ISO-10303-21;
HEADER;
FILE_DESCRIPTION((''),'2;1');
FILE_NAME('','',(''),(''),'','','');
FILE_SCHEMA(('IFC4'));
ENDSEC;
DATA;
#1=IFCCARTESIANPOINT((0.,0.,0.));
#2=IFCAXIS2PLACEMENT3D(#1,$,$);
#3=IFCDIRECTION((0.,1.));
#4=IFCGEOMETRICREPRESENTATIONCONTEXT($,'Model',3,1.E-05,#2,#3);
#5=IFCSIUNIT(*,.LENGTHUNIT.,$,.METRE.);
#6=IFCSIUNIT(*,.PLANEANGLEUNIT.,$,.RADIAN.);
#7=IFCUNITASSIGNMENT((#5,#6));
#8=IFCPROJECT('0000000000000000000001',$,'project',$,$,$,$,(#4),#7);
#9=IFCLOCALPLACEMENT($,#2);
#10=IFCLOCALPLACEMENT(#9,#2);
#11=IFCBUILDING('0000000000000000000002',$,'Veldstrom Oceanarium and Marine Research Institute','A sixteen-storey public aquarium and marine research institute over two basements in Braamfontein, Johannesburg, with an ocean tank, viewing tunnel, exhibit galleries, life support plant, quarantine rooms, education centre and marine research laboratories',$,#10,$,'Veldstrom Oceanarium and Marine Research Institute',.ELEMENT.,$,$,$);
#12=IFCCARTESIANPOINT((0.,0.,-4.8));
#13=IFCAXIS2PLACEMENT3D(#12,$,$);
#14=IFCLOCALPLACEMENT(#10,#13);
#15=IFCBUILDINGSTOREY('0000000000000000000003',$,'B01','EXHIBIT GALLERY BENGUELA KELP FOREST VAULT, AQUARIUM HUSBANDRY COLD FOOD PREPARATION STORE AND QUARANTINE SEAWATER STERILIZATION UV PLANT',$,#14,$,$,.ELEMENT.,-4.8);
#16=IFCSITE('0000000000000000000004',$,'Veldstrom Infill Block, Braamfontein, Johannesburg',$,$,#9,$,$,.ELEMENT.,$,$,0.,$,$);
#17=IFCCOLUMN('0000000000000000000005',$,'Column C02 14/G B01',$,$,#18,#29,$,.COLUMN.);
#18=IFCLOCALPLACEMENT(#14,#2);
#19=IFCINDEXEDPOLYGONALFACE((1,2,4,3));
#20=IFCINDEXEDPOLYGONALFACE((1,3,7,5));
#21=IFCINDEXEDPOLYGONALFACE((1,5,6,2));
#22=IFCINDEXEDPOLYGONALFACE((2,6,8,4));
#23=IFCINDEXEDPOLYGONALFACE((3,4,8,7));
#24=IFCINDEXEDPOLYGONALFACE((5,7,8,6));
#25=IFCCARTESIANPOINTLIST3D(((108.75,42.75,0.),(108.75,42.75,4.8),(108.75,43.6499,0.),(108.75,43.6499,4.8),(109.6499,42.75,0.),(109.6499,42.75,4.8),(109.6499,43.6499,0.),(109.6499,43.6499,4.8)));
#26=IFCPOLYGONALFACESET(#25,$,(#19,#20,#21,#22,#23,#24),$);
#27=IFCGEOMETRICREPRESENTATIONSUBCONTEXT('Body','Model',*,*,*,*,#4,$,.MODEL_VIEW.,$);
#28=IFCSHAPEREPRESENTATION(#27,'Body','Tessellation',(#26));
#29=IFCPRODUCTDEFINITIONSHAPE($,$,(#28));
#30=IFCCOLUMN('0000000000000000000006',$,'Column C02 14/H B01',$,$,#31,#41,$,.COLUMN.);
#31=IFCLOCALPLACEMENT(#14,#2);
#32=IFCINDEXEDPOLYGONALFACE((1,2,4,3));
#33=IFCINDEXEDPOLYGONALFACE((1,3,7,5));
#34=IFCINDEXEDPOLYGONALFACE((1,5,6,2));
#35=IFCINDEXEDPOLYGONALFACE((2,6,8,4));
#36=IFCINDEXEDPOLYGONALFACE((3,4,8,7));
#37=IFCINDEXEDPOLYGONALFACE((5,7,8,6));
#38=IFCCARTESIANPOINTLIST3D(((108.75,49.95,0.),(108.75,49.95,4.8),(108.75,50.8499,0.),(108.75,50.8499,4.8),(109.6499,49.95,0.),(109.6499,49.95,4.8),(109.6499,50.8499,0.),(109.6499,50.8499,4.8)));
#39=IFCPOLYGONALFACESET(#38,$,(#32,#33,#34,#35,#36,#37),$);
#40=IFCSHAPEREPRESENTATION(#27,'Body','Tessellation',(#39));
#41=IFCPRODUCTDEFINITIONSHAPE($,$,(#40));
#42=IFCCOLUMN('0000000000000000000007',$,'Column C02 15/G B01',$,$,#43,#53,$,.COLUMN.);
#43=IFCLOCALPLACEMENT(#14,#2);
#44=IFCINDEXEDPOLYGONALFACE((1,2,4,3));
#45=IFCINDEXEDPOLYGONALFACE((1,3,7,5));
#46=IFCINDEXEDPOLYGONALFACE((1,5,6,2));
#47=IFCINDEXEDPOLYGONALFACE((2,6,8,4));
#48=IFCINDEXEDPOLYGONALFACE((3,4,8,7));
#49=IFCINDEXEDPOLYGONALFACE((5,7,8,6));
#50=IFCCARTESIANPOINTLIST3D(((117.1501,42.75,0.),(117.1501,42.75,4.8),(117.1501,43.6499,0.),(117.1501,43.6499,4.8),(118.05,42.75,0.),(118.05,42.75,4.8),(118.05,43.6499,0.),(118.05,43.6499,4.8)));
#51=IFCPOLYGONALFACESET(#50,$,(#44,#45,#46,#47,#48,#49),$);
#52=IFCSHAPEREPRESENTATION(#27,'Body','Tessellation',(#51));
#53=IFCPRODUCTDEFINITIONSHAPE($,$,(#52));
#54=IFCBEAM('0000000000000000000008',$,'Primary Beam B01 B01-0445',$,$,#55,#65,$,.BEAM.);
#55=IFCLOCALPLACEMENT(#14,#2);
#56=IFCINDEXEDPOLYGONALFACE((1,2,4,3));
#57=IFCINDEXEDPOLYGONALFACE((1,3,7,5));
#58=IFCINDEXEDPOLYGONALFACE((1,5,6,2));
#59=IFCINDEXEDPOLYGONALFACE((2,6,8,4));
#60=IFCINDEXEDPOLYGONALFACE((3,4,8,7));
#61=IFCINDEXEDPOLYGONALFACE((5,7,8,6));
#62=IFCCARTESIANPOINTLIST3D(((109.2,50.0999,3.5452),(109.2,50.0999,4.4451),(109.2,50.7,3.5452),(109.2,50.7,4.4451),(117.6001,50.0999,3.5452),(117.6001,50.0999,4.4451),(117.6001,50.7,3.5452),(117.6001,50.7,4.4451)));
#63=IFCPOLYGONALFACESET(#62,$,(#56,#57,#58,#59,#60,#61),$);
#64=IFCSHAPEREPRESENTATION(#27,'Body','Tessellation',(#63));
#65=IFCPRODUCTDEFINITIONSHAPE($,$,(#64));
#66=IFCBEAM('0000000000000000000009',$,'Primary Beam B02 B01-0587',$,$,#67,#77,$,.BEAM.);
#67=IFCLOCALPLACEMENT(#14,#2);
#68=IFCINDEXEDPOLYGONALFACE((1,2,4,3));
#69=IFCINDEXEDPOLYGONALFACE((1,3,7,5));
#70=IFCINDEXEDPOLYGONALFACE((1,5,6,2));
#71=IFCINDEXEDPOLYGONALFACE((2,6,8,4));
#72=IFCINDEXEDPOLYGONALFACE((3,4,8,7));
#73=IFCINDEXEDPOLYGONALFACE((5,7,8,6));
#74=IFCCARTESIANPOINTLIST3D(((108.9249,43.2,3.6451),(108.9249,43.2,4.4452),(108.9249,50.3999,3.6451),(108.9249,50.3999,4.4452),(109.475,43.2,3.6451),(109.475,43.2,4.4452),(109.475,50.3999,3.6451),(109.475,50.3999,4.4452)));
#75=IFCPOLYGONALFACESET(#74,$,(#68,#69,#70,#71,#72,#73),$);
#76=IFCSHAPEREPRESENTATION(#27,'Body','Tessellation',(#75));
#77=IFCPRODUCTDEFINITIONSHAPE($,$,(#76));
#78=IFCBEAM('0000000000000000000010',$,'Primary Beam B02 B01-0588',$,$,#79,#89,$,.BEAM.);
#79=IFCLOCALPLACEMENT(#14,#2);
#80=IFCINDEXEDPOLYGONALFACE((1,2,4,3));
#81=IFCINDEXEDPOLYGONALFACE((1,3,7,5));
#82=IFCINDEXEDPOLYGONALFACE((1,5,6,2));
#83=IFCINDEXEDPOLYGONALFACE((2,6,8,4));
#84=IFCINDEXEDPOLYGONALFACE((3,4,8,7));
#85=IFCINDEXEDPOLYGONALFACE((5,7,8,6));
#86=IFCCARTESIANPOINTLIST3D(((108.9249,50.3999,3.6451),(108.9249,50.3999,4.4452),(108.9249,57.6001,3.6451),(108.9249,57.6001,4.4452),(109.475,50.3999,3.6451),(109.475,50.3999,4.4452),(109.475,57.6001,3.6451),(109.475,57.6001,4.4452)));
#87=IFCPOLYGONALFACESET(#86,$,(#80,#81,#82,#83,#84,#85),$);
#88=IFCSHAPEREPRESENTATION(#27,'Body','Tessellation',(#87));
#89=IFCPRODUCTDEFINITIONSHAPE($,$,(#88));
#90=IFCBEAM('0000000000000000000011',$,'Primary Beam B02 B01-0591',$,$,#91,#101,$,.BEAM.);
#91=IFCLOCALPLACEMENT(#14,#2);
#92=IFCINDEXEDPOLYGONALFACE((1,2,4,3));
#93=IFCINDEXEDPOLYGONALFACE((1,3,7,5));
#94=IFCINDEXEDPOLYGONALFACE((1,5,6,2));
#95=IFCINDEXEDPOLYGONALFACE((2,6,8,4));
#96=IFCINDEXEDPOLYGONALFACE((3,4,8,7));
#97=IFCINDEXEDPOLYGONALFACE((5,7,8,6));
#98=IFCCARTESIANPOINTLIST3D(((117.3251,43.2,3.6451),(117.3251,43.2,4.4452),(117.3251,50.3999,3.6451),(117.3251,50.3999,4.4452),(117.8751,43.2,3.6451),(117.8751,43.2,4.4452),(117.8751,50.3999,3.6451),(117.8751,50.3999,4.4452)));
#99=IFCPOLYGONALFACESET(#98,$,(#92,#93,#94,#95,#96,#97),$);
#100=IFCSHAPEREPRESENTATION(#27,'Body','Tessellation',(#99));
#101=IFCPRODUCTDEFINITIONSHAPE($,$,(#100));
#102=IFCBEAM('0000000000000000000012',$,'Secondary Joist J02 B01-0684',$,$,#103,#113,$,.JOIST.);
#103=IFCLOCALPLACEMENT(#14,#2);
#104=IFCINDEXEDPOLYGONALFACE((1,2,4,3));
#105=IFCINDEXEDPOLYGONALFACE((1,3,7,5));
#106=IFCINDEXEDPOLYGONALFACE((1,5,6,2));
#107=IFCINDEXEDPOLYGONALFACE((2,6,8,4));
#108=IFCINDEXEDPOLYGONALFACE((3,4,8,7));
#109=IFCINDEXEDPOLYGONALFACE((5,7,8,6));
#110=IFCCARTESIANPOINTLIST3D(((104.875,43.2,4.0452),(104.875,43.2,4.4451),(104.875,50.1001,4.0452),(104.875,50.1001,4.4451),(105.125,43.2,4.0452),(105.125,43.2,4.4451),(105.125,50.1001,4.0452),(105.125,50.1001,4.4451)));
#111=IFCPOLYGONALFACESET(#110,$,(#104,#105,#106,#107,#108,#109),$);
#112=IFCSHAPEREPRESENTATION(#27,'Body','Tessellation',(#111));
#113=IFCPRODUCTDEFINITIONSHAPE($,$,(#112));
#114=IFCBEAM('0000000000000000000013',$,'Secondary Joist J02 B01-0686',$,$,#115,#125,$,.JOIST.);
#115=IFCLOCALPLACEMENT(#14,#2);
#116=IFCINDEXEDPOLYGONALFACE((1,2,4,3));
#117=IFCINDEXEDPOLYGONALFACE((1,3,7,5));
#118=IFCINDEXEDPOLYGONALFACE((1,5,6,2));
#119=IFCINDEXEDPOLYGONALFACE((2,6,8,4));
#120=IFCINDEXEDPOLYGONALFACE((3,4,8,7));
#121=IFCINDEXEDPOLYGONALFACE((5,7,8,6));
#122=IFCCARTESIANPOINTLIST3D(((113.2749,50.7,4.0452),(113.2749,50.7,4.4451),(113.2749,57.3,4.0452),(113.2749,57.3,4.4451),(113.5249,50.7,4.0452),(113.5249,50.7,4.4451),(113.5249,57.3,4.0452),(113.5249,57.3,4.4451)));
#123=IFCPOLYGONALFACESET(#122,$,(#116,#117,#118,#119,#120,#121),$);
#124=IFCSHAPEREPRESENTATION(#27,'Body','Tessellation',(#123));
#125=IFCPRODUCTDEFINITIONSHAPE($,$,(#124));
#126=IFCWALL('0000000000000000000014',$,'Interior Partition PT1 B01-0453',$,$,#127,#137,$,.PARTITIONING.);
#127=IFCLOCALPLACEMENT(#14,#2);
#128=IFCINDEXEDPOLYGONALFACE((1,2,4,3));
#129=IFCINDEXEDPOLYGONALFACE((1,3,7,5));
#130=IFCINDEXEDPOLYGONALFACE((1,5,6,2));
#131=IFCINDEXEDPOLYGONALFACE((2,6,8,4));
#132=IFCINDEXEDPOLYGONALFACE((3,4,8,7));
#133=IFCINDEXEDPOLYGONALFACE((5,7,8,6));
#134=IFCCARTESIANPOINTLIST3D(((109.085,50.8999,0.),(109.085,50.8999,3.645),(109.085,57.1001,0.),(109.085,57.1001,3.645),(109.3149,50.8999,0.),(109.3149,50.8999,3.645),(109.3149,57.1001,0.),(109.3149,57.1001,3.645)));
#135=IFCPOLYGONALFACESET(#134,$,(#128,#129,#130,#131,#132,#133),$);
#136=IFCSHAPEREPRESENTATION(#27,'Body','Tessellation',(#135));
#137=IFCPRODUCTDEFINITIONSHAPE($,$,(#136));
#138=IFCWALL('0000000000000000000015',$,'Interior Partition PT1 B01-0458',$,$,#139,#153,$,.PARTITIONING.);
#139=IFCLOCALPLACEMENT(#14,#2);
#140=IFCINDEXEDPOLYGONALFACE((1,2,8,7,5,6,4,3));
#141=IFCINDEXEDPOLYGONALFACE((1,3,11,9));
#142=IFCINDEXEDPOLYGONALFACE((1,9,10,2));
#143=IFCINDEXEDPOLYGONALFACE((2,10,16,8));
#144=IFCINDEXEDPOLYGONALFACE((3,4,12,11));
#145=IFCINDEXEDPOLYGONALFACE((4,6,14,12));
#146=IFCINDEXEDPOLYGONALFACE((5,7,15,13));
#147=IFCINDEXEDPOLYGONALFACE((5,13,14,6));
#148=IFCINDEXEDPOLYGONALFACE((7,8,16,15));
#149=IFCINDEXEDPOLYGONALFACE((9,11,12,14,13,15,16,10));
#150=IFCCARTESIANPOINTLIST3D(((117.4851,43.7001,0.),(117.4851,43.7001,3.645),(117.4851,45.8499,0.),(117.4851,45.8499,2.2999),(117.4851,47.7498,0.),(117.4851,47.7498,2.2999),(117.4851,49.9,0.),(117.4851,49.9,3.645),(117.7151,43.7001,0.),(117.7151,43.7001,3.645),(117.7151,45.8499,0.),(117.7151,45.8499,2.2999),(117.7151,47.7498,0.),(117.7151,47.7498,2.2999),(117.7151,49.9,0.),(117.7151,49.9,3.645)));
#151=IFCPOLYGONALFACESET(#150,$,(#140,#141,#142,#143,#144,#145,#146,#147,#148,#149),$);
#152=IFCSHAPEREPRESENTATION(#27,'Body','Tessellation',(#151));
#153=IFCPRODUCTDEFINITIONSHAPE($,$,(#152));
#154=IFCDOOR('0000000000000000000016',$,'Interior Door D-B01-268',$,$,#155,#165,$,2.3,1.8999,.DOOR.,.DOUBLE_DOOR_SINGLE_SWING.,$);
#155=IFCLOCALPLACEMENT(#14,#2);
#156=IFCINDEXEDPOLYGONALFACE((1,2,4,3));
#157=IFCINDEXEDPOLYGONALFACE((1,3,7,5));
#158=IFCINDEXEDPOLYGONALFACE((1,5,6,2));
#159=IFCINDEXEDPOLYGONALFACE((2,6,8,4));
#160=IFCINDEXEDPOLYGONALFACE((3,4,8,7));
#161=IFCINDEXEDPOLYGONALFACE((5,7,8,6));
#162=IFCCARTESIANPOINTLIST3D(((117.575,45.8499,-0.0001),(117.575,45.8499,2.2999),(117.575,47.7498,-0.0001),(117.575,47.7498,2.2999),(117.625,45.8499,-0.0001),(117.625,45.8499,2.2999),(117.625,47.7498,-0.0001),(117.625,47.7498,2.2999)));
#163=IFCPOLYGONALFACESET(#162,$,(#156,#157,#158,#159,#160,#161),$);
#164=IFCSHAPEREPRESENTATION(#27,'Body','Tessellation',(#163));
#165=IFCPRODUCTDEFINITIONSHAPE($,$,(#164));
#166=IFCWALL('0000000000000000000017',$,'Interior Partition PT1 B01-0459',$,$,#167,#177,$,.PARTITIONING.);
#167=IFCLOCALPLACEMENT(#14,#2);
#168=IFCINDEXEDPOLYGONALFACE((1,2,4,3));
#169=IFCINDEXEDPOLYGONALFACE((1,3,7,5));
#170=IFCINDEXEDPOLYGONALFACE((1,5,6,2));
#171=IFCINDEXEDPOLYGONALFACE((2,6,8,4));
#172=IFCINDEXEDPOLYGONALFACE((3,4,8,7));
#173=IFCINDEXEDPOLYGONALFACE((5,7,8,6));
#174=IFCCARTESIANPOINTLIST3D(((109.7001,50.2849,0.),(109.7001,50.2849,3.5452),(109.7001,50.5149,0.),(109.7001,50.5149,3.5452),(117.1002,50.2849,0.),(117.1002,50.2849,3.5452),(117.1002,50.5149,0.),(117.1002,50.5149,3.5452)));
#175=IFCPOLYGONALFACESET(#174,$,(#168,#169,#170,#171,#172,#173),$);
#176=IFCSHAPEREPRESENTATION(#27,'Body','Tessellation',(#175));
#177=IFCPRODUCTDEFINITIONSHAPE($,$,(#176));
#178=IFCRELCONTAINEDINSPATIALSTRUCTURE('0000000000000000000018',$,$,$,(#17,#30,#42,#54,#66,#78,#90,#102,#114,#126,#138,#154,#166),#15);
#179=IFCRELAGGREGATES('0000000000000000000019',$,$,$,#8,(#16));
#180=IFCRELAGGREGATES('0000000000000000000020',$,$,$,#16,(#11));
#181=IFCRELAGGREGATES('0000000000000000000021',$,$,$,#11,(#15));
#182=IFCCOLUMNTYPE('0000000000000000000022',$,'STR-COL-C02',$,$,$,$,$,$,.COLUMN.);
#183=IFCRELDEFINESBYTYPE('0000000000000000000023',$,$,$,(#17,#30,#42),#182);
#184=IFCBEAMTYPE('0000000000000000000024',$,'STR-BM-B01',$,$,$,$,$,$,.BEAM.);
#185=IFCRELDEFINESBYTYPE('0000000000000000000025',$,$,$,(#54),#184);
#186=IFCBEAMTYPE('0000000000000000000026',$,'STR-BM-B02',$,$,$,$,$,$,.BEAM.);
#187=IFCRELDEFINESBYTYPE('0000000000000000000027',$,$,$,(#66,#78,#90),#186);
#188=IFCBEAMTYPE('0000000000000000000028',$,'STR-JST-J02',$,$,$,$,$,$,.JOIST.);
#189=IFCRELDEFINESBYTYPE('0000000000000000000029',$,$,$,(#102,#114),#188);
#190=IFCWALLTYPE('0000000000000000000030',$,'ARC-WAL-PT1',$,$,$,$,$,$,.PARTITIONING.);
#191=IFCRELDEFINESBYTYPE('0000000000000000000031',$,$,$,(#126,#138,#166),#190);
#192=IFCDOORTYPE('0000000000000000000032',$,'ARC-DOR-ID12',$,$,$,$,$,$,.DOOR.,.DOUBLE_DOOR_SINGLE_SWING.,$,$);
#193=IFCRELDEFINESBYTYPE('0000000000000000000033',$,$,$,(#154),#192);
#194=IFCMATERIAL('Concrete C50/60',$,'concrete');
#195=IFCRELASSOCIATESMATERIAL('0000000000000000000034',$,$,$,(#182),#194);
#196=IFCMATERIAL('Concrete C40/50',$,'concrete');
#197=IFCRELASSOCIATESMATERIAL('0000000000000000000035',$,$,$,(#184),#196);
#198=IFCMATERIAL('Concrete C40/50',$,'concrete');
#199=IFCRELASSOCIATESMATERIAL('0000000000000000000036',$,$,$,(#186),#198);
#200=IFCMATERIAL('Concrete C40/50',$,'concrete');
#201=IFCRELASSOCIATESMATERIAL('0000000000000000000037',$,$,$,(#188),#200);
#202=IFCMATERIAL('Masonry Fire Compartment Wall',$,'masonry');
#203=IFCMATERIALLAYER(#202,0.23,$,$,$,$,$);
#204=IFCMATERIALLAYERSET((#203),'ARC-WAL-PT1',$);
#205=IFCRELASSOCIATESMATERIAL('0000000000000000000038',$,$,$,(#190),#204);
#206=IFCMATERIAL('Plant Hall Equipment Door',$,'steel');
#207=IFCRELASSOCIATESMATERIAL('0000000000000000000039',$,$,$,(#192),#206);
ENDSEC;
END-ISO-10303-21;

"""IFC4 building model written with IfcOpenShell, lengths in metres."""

from ifc_helpers import new_model, si_unit, direction, frame, frame_2d, origin, origin_2d, place, context, subcontext, project, spatial, rectangle, extrude, material, layer, layer_set, material_profile, profile_set, type_object, element, fill, save


model = new_model("IFC4")

# Units and contexts
model_context = context("Model", 3, precision=1e-05, world=origin(), true_north=direction((0.0, 1.0)))
body_context = subcontext(model_context, "Body", "Model", "MODEL_VIEW")
ifc_project = project(units=[si_unit("LENGTHUNIT", "METRE"), si_unit("PLANEANGLEUNIT", "RADIAN")], contexts=[model_context])

# Site, building, storey
site_placement = place(None, origin())
site = spatial("IfcSite", under=ifc_project, at=site_placement, Name="Veldstrom Infill Block, Braamfontein, Johannesburg", CompositionType="ELEMENT", RefElevation=0.0)
building_placement = place(site_placement, origin())
building = spatial("IfcBuilding", under=site, at=building_placement, Name="Veldstrom Oceanarium and Marine Research Institute", Description="A sixteen-storey public aquarium and marine research institute over two basements in Braamfontein, Johannesburg, with an ocean tank, viewing tunnel, exhibit galleries, life support plant, quarantine rooms, education centre and marine research laboratories", LongName="Veldstrom Oceanarium and Marine Research Institute", CompositionType="ELEMENT")
storey_placement = place(building_placement, frame((0.0, 0.0, -4.8)))
storey = spatial("IfcBuildingStorey", under=building, at=storey_placement, Name="B01", Description="EXHIBIT GALLERY BENGUELA KELP FOREST VAULT, AQUARIUM HUSBANDRY COLD FOOD PREPARATION STORE AND QUARANTINE SEAWATER STERILIZATION UV PLANT", CompositionType="ELEMENT", Elevation=-4.8)

# Columns
ifc_material_1 = material(Name="Concrete C50/60", Category="concrete")
ifc_material_profile_1 = material_profile(ifc_material_1, rectangle(XDim=0.8999, YDim=0.8999, at=origin_2d()), Name="RC-COL-900x900")
ifc_profile_set_1 = profile_set([ifc_material_profile_1], Name="Concrete C50/60")
column_type = type_object("IfcColumnType", Name="STR-COL-C02", PredefinedType="COLUMN", material=ifc_profile_set_1)
for number, where, z_axis, x_axis, name in (
    (1, (109.2, 43.2, 0.0), (0.0, 0.0, 1.0), (1.0, 0.0, 0.0), "Column C02 14/G B01"),
    (2, (109.2, 50.3999, 0.0), (0.0, 0.0, 1.0), (1.0, 0.0, 0.0), "Column C02 14/H B01"),
    (3, (117.6001, 43.2, 0.0), (0.0, 0.0, 1.0), (1.0, 0.0, 0.0), "Column C02 15/G B01"),
):
    element("IfcColumn", number, at=place(storey_placement, frame(where, z_axis=z_axis, x_axis=x_axis)), inside=storey, type_object=column_type, Name=name, PredefinedType="COLUMN", context=body_context, shape_type="SweptSolid", body=[
        extrude(rectangle(XDim=0.8999, YDim=0.8999, at=origin_2d()), origin(), (0.0, 0.0, 1.0), 4.8),
    ])

# Beams
ifc_material_2 = material(Name="Concrete C40/50", Category="concrete")
ifc_material_profile_2 = material_profile(ifc_material_2, rectangle(XDim=0.6001, YDim=0.8999, at=origin_2d()), Name="RC-BM-600x900")
ifc_profile_set_2 = profile_set([ifc_material_profile_2], Name="Concrete C40/50")
beam_type_1 = type_object("IfcBeamType", Name="STR-BM-B01", PredefinedType="BEAM", material=ifc_profile_set_2)
beam_1_placement = place(storey_placement, frame((109.2, 50.3999, 3.9951), z_axis=(1.0, 0.0, 0.0), x_axis=(0.0, 1.0, 0.0)))
element("IfcBeam", 4, at=beam_1_placement, inside=storey, type_object=beam_type_1, Name="Primary Beam B01 B01-0445", PredefinedType="BEAM", context=body_context, shape_type="SweptSolid", body=[
    extrude(rectangle(XDim=0.6001, YDim=0.8999, at=origin_2d()), origin(), (0.0, 0.0, 1.0), 8.4001),
])
ifc_material_3 = material(Name="Concrete C40/50", Category="concrete")
ifc_material_profile_3 = material_profile(ifc_material_3, rectangle(XDim=0.55, YDim=0.8, at=origin_2d()), Name="RC-BM-550x800")
ifc_profile_set_3 = profile_set([ifc_material_profile_3], Name="Concrete C40/50")
beam_type_2 = type_object("IfcBeamType", Name="STR-BM-B02", PredefinedType="BEAM", material=ifc_profile_set_3)
beam_2_placement = place(storey_placement, frame((109.2, 43.2, 4.0452), z_axis=(0.0, 1.0, 0.0), x_axis=(-1.0, 0.0, 0.0)))
element("IfcBeam", 5, at=beam_2_placement, inside=storey, type_object=beam_type_2, Name="Primary Beam B02 B01-0587", PredefinedType="BEAM", context=body_context, shape_type="SweptSolid", body=[
    extrude(rectangle(XDim=0.55, YDim=0.8, at=origin_2d()), origin(), (0.0, 0.0, 1.0), 7.2),
])
beam_3_placement = place(storey_placement, frame((109.2, 50.3999, 4.0452), z_axis=(0.0, 1.0, 0.0), x_axis=(-1.0, 0.0, 0.0)))
element("IfcBeam", 6, at=beam_3_placement, inside=storey, type_object=beam_type_2, Name="Primary Beam B02 B01-0588", PredefinedType="BEAM", context=body_context, shape_type="SweptSolid", body=[
    extrude(rectangle(XDim=0.55, YDim=0.8, at=origin_2d()), origin(), (0.0, 0.0, 1.0), 7.2002),
])
beam_4_placement = place(storey_placement, frame((117.6001, 43.2, 4.0452), z_axis=(0.0, 1.0, 0.0), x_axis=(-1.0, 0.0, 0.0)))
element("IfcBeam", 7, at=beam_4_placement, inside=storey, type_object=beam_type_2, Name="Primary Beam B02 B01-0591", PredefinedType="BEAM", context=body_context, shape_type="SweptSolid", body=[
    extrude(rectangle(XDim=0.55, YDim=0.8, at=origin_2d()), origin(), (0.0, 0.0, 1.0), 7.2),
])
ifc_material_4 = material(Name="Concrete C40/50", Category="concrete")
ifc_material_profile_4 = material_profile(ifc_material_4, rectangle(XDim=0.25, YDim=0.3999, at=origin_2d()), Name="RC-JST-250x400")
ifc_profile_set_4 = profile_set([ifc_material_profile_4], Name="Concrete C40/50")
beam_type_3 = type_object("IfcBeamType", Name="STR-JST-J02", PredefinedType="JOIST", material=ifc_profile_set_4)
beam_5_placement = place(storey_placement, frame((105.0, 43.2, 4.2451), z_axis=(0.0, 1.0, 0.0), x_axis=(-1.0, 0.0, 0.0)))
element("IfcBeam", 8, at=beam_5_placement, inside=storey, type_object=beam_type_3, Name="Secondary Joist J02 B01-0684", PredefinedType="JOIST", context=body_context, shape_type="SweptSolid", body=[
    extrude(rectangle(XDim=0.25, YDim=0.3999, at=origin_2d()), origin(), (0.0, 0.0, 1.0), 6.9001),
])
beam_6_placement = place(storey_placement, frame((113.3999, 50.7, 4.2451), z_axis=(0.0, 1.0, 0.0), x_axis=(-1.0, 0.0, 0.0)))
element("IfcBeam", 9, at=beam_6_placement, inside=storey, type_object=beam_type_3, Name="Secondary Joist J02 B01-0686", PredefinedType="JOIST", context=body_context, shape_type="SweptSolid", body=[
    extrude(rectangle(XDim=0.25, YDim=0.3999, at=origin_2d()), origin(), (0.0, 0.0, 1.0), 6.6001),
])

# Wall
ifc_material_5 = material(Name="Masonry Fire Compartment Wall", Category="masonry")
ifc_layer_1 = layer(ifc_material_5, 0.23)
ifc_layer_set_1 = layer_set([ifc_layer_1], Name="ARC-WAL-PT1")
wall_type_1 = type_object("IfcWallType", Name="ARC-WAL-PT1", PredefinedType="PARTITIONING", material=ifc_layer_set_1)
wall_1_placement = place(storey_placement, frame((109.2, 50.8999, 0.0), z_axis=(0.0, 0.0, 1.0), x_axis=(0.0, 1.0, 0.0)))
element("IfcWall", 10, at=wall_1_placement, inside=storey, type_object=wall_type_1, Name="Interior Partition PT1 B01-0453", PredefinedType="PARTITIONING", context=body_context, shape_type="SweptSolid", body=[
    extrude(rectangle(XDim=6.2002, YDim=0.23, at=frame_2d((3.1001, 0.0))), origin(), (0.0, 0.0, 1.0), 3.645),
])

# Wall, opening, door
wall_2_placement = place(storey_placement, frame((117.6001, 43.7, 0.0), z_axis=(0.0, 0.0, 1.0), x_axis=(0.0, 1.0, 0.0)))
wall_2 = element("IfcWall", 11, at=wall_2_placement, inside=storey, type_object=wall_type_1, Name="Interior Partition PT1 B01-0458", PredefinedType="PARTITIONING", context=body_context, shape_type="SweptSolid", body=[
    extrude(rectangle(XDim=6.2, YDim=0.23, at=frame_2d((3.1001, 0.0))), origin(), (0.0, 0.0, 1.0), 3.645),
])
opening_1_placement = place(wall_2_placement, frame((2.1499, 0.0, 0.0)))
opening_1 = element("IfcOpeningElement", 12, at=opening_1_placement, cuts=wall_2, PredefinedType="OPENING", context=body_context, shape_type="SweptSolid", body=[
    extrude(rectangle(XDim=1.8999, YDim=2.3, at=frame_2d((0.95, 1.1499))), frame((0.0, 0.125, 0.0), z_axis=(0.0, -1.0, 0.0), x_axis=(1.0, 0.0, 0.0)), (0.0, 0.0, 1.0), 0.25),
])
ifc_material_6 = material(Name="Plant Hall Equipment Door", Category="steel")
door_type_1 = type_object("IfcDoorType", Name="ARC-DOR-ID12", OperationType="DOUBLE_DOOR_SINGLE_SWING", PredefinedType="DOOR", material=ifc_material_6)
door_1_placement = place(opening_1_placement, frame((1.8999, 0.0, 0.0), z_axis=(0.0, 0.0, 1.0), x_axis=(-1.0, 0.0, 0.0)))
door_1 = element("IfcDoor", 13, at=door_1_placement, inside=storey, type_object=door_type_1, Name="Interior Door D-B01-268", OperationType="DOUBLE_DOOR_SINGLE_SWING", OverallHeight=2.3, OverallWidth=1.8999, PredefinedType="DOOR", context=body_context, shape_type="SweptSolid", body=[
    extrude(rectangle(XDim=1.8999, YDim=2.3, at=frame_2d((0.95, 1.1499))), frame((0.0, 0.0249, 0.0), z_axis=(0.0, -1.0, 0.0), x_axis=(1.0, 0.0, 0.0)), (0.0, 0.0, 1.0), 0.05),
])
fill(opening_1, door_1)

# Wall
wall_3_placement = place(storey_placement, frame((109.7, 50.3999, 0.0), z_axis=(0.0, 0.0, 1.0), x_axis=(1.0, 0.0, 0.0)))
element("IfcWall", 14, at=wall_3_placement, inside=storey, type_object=wall_type_1, Name="Interior Partition PT1 B01-0459", PredefinedType="PARTITIONING", context=body_context, shape_type="SweptSolid", body=[
    extrude(rectangle(XDim=7.4001, YDim=0.23, at=frame_2d((3.7002, 0.0))), origin(), (0.0, 0.0, 1.0), 3.5452),
])

save(model, "model.ifc")
